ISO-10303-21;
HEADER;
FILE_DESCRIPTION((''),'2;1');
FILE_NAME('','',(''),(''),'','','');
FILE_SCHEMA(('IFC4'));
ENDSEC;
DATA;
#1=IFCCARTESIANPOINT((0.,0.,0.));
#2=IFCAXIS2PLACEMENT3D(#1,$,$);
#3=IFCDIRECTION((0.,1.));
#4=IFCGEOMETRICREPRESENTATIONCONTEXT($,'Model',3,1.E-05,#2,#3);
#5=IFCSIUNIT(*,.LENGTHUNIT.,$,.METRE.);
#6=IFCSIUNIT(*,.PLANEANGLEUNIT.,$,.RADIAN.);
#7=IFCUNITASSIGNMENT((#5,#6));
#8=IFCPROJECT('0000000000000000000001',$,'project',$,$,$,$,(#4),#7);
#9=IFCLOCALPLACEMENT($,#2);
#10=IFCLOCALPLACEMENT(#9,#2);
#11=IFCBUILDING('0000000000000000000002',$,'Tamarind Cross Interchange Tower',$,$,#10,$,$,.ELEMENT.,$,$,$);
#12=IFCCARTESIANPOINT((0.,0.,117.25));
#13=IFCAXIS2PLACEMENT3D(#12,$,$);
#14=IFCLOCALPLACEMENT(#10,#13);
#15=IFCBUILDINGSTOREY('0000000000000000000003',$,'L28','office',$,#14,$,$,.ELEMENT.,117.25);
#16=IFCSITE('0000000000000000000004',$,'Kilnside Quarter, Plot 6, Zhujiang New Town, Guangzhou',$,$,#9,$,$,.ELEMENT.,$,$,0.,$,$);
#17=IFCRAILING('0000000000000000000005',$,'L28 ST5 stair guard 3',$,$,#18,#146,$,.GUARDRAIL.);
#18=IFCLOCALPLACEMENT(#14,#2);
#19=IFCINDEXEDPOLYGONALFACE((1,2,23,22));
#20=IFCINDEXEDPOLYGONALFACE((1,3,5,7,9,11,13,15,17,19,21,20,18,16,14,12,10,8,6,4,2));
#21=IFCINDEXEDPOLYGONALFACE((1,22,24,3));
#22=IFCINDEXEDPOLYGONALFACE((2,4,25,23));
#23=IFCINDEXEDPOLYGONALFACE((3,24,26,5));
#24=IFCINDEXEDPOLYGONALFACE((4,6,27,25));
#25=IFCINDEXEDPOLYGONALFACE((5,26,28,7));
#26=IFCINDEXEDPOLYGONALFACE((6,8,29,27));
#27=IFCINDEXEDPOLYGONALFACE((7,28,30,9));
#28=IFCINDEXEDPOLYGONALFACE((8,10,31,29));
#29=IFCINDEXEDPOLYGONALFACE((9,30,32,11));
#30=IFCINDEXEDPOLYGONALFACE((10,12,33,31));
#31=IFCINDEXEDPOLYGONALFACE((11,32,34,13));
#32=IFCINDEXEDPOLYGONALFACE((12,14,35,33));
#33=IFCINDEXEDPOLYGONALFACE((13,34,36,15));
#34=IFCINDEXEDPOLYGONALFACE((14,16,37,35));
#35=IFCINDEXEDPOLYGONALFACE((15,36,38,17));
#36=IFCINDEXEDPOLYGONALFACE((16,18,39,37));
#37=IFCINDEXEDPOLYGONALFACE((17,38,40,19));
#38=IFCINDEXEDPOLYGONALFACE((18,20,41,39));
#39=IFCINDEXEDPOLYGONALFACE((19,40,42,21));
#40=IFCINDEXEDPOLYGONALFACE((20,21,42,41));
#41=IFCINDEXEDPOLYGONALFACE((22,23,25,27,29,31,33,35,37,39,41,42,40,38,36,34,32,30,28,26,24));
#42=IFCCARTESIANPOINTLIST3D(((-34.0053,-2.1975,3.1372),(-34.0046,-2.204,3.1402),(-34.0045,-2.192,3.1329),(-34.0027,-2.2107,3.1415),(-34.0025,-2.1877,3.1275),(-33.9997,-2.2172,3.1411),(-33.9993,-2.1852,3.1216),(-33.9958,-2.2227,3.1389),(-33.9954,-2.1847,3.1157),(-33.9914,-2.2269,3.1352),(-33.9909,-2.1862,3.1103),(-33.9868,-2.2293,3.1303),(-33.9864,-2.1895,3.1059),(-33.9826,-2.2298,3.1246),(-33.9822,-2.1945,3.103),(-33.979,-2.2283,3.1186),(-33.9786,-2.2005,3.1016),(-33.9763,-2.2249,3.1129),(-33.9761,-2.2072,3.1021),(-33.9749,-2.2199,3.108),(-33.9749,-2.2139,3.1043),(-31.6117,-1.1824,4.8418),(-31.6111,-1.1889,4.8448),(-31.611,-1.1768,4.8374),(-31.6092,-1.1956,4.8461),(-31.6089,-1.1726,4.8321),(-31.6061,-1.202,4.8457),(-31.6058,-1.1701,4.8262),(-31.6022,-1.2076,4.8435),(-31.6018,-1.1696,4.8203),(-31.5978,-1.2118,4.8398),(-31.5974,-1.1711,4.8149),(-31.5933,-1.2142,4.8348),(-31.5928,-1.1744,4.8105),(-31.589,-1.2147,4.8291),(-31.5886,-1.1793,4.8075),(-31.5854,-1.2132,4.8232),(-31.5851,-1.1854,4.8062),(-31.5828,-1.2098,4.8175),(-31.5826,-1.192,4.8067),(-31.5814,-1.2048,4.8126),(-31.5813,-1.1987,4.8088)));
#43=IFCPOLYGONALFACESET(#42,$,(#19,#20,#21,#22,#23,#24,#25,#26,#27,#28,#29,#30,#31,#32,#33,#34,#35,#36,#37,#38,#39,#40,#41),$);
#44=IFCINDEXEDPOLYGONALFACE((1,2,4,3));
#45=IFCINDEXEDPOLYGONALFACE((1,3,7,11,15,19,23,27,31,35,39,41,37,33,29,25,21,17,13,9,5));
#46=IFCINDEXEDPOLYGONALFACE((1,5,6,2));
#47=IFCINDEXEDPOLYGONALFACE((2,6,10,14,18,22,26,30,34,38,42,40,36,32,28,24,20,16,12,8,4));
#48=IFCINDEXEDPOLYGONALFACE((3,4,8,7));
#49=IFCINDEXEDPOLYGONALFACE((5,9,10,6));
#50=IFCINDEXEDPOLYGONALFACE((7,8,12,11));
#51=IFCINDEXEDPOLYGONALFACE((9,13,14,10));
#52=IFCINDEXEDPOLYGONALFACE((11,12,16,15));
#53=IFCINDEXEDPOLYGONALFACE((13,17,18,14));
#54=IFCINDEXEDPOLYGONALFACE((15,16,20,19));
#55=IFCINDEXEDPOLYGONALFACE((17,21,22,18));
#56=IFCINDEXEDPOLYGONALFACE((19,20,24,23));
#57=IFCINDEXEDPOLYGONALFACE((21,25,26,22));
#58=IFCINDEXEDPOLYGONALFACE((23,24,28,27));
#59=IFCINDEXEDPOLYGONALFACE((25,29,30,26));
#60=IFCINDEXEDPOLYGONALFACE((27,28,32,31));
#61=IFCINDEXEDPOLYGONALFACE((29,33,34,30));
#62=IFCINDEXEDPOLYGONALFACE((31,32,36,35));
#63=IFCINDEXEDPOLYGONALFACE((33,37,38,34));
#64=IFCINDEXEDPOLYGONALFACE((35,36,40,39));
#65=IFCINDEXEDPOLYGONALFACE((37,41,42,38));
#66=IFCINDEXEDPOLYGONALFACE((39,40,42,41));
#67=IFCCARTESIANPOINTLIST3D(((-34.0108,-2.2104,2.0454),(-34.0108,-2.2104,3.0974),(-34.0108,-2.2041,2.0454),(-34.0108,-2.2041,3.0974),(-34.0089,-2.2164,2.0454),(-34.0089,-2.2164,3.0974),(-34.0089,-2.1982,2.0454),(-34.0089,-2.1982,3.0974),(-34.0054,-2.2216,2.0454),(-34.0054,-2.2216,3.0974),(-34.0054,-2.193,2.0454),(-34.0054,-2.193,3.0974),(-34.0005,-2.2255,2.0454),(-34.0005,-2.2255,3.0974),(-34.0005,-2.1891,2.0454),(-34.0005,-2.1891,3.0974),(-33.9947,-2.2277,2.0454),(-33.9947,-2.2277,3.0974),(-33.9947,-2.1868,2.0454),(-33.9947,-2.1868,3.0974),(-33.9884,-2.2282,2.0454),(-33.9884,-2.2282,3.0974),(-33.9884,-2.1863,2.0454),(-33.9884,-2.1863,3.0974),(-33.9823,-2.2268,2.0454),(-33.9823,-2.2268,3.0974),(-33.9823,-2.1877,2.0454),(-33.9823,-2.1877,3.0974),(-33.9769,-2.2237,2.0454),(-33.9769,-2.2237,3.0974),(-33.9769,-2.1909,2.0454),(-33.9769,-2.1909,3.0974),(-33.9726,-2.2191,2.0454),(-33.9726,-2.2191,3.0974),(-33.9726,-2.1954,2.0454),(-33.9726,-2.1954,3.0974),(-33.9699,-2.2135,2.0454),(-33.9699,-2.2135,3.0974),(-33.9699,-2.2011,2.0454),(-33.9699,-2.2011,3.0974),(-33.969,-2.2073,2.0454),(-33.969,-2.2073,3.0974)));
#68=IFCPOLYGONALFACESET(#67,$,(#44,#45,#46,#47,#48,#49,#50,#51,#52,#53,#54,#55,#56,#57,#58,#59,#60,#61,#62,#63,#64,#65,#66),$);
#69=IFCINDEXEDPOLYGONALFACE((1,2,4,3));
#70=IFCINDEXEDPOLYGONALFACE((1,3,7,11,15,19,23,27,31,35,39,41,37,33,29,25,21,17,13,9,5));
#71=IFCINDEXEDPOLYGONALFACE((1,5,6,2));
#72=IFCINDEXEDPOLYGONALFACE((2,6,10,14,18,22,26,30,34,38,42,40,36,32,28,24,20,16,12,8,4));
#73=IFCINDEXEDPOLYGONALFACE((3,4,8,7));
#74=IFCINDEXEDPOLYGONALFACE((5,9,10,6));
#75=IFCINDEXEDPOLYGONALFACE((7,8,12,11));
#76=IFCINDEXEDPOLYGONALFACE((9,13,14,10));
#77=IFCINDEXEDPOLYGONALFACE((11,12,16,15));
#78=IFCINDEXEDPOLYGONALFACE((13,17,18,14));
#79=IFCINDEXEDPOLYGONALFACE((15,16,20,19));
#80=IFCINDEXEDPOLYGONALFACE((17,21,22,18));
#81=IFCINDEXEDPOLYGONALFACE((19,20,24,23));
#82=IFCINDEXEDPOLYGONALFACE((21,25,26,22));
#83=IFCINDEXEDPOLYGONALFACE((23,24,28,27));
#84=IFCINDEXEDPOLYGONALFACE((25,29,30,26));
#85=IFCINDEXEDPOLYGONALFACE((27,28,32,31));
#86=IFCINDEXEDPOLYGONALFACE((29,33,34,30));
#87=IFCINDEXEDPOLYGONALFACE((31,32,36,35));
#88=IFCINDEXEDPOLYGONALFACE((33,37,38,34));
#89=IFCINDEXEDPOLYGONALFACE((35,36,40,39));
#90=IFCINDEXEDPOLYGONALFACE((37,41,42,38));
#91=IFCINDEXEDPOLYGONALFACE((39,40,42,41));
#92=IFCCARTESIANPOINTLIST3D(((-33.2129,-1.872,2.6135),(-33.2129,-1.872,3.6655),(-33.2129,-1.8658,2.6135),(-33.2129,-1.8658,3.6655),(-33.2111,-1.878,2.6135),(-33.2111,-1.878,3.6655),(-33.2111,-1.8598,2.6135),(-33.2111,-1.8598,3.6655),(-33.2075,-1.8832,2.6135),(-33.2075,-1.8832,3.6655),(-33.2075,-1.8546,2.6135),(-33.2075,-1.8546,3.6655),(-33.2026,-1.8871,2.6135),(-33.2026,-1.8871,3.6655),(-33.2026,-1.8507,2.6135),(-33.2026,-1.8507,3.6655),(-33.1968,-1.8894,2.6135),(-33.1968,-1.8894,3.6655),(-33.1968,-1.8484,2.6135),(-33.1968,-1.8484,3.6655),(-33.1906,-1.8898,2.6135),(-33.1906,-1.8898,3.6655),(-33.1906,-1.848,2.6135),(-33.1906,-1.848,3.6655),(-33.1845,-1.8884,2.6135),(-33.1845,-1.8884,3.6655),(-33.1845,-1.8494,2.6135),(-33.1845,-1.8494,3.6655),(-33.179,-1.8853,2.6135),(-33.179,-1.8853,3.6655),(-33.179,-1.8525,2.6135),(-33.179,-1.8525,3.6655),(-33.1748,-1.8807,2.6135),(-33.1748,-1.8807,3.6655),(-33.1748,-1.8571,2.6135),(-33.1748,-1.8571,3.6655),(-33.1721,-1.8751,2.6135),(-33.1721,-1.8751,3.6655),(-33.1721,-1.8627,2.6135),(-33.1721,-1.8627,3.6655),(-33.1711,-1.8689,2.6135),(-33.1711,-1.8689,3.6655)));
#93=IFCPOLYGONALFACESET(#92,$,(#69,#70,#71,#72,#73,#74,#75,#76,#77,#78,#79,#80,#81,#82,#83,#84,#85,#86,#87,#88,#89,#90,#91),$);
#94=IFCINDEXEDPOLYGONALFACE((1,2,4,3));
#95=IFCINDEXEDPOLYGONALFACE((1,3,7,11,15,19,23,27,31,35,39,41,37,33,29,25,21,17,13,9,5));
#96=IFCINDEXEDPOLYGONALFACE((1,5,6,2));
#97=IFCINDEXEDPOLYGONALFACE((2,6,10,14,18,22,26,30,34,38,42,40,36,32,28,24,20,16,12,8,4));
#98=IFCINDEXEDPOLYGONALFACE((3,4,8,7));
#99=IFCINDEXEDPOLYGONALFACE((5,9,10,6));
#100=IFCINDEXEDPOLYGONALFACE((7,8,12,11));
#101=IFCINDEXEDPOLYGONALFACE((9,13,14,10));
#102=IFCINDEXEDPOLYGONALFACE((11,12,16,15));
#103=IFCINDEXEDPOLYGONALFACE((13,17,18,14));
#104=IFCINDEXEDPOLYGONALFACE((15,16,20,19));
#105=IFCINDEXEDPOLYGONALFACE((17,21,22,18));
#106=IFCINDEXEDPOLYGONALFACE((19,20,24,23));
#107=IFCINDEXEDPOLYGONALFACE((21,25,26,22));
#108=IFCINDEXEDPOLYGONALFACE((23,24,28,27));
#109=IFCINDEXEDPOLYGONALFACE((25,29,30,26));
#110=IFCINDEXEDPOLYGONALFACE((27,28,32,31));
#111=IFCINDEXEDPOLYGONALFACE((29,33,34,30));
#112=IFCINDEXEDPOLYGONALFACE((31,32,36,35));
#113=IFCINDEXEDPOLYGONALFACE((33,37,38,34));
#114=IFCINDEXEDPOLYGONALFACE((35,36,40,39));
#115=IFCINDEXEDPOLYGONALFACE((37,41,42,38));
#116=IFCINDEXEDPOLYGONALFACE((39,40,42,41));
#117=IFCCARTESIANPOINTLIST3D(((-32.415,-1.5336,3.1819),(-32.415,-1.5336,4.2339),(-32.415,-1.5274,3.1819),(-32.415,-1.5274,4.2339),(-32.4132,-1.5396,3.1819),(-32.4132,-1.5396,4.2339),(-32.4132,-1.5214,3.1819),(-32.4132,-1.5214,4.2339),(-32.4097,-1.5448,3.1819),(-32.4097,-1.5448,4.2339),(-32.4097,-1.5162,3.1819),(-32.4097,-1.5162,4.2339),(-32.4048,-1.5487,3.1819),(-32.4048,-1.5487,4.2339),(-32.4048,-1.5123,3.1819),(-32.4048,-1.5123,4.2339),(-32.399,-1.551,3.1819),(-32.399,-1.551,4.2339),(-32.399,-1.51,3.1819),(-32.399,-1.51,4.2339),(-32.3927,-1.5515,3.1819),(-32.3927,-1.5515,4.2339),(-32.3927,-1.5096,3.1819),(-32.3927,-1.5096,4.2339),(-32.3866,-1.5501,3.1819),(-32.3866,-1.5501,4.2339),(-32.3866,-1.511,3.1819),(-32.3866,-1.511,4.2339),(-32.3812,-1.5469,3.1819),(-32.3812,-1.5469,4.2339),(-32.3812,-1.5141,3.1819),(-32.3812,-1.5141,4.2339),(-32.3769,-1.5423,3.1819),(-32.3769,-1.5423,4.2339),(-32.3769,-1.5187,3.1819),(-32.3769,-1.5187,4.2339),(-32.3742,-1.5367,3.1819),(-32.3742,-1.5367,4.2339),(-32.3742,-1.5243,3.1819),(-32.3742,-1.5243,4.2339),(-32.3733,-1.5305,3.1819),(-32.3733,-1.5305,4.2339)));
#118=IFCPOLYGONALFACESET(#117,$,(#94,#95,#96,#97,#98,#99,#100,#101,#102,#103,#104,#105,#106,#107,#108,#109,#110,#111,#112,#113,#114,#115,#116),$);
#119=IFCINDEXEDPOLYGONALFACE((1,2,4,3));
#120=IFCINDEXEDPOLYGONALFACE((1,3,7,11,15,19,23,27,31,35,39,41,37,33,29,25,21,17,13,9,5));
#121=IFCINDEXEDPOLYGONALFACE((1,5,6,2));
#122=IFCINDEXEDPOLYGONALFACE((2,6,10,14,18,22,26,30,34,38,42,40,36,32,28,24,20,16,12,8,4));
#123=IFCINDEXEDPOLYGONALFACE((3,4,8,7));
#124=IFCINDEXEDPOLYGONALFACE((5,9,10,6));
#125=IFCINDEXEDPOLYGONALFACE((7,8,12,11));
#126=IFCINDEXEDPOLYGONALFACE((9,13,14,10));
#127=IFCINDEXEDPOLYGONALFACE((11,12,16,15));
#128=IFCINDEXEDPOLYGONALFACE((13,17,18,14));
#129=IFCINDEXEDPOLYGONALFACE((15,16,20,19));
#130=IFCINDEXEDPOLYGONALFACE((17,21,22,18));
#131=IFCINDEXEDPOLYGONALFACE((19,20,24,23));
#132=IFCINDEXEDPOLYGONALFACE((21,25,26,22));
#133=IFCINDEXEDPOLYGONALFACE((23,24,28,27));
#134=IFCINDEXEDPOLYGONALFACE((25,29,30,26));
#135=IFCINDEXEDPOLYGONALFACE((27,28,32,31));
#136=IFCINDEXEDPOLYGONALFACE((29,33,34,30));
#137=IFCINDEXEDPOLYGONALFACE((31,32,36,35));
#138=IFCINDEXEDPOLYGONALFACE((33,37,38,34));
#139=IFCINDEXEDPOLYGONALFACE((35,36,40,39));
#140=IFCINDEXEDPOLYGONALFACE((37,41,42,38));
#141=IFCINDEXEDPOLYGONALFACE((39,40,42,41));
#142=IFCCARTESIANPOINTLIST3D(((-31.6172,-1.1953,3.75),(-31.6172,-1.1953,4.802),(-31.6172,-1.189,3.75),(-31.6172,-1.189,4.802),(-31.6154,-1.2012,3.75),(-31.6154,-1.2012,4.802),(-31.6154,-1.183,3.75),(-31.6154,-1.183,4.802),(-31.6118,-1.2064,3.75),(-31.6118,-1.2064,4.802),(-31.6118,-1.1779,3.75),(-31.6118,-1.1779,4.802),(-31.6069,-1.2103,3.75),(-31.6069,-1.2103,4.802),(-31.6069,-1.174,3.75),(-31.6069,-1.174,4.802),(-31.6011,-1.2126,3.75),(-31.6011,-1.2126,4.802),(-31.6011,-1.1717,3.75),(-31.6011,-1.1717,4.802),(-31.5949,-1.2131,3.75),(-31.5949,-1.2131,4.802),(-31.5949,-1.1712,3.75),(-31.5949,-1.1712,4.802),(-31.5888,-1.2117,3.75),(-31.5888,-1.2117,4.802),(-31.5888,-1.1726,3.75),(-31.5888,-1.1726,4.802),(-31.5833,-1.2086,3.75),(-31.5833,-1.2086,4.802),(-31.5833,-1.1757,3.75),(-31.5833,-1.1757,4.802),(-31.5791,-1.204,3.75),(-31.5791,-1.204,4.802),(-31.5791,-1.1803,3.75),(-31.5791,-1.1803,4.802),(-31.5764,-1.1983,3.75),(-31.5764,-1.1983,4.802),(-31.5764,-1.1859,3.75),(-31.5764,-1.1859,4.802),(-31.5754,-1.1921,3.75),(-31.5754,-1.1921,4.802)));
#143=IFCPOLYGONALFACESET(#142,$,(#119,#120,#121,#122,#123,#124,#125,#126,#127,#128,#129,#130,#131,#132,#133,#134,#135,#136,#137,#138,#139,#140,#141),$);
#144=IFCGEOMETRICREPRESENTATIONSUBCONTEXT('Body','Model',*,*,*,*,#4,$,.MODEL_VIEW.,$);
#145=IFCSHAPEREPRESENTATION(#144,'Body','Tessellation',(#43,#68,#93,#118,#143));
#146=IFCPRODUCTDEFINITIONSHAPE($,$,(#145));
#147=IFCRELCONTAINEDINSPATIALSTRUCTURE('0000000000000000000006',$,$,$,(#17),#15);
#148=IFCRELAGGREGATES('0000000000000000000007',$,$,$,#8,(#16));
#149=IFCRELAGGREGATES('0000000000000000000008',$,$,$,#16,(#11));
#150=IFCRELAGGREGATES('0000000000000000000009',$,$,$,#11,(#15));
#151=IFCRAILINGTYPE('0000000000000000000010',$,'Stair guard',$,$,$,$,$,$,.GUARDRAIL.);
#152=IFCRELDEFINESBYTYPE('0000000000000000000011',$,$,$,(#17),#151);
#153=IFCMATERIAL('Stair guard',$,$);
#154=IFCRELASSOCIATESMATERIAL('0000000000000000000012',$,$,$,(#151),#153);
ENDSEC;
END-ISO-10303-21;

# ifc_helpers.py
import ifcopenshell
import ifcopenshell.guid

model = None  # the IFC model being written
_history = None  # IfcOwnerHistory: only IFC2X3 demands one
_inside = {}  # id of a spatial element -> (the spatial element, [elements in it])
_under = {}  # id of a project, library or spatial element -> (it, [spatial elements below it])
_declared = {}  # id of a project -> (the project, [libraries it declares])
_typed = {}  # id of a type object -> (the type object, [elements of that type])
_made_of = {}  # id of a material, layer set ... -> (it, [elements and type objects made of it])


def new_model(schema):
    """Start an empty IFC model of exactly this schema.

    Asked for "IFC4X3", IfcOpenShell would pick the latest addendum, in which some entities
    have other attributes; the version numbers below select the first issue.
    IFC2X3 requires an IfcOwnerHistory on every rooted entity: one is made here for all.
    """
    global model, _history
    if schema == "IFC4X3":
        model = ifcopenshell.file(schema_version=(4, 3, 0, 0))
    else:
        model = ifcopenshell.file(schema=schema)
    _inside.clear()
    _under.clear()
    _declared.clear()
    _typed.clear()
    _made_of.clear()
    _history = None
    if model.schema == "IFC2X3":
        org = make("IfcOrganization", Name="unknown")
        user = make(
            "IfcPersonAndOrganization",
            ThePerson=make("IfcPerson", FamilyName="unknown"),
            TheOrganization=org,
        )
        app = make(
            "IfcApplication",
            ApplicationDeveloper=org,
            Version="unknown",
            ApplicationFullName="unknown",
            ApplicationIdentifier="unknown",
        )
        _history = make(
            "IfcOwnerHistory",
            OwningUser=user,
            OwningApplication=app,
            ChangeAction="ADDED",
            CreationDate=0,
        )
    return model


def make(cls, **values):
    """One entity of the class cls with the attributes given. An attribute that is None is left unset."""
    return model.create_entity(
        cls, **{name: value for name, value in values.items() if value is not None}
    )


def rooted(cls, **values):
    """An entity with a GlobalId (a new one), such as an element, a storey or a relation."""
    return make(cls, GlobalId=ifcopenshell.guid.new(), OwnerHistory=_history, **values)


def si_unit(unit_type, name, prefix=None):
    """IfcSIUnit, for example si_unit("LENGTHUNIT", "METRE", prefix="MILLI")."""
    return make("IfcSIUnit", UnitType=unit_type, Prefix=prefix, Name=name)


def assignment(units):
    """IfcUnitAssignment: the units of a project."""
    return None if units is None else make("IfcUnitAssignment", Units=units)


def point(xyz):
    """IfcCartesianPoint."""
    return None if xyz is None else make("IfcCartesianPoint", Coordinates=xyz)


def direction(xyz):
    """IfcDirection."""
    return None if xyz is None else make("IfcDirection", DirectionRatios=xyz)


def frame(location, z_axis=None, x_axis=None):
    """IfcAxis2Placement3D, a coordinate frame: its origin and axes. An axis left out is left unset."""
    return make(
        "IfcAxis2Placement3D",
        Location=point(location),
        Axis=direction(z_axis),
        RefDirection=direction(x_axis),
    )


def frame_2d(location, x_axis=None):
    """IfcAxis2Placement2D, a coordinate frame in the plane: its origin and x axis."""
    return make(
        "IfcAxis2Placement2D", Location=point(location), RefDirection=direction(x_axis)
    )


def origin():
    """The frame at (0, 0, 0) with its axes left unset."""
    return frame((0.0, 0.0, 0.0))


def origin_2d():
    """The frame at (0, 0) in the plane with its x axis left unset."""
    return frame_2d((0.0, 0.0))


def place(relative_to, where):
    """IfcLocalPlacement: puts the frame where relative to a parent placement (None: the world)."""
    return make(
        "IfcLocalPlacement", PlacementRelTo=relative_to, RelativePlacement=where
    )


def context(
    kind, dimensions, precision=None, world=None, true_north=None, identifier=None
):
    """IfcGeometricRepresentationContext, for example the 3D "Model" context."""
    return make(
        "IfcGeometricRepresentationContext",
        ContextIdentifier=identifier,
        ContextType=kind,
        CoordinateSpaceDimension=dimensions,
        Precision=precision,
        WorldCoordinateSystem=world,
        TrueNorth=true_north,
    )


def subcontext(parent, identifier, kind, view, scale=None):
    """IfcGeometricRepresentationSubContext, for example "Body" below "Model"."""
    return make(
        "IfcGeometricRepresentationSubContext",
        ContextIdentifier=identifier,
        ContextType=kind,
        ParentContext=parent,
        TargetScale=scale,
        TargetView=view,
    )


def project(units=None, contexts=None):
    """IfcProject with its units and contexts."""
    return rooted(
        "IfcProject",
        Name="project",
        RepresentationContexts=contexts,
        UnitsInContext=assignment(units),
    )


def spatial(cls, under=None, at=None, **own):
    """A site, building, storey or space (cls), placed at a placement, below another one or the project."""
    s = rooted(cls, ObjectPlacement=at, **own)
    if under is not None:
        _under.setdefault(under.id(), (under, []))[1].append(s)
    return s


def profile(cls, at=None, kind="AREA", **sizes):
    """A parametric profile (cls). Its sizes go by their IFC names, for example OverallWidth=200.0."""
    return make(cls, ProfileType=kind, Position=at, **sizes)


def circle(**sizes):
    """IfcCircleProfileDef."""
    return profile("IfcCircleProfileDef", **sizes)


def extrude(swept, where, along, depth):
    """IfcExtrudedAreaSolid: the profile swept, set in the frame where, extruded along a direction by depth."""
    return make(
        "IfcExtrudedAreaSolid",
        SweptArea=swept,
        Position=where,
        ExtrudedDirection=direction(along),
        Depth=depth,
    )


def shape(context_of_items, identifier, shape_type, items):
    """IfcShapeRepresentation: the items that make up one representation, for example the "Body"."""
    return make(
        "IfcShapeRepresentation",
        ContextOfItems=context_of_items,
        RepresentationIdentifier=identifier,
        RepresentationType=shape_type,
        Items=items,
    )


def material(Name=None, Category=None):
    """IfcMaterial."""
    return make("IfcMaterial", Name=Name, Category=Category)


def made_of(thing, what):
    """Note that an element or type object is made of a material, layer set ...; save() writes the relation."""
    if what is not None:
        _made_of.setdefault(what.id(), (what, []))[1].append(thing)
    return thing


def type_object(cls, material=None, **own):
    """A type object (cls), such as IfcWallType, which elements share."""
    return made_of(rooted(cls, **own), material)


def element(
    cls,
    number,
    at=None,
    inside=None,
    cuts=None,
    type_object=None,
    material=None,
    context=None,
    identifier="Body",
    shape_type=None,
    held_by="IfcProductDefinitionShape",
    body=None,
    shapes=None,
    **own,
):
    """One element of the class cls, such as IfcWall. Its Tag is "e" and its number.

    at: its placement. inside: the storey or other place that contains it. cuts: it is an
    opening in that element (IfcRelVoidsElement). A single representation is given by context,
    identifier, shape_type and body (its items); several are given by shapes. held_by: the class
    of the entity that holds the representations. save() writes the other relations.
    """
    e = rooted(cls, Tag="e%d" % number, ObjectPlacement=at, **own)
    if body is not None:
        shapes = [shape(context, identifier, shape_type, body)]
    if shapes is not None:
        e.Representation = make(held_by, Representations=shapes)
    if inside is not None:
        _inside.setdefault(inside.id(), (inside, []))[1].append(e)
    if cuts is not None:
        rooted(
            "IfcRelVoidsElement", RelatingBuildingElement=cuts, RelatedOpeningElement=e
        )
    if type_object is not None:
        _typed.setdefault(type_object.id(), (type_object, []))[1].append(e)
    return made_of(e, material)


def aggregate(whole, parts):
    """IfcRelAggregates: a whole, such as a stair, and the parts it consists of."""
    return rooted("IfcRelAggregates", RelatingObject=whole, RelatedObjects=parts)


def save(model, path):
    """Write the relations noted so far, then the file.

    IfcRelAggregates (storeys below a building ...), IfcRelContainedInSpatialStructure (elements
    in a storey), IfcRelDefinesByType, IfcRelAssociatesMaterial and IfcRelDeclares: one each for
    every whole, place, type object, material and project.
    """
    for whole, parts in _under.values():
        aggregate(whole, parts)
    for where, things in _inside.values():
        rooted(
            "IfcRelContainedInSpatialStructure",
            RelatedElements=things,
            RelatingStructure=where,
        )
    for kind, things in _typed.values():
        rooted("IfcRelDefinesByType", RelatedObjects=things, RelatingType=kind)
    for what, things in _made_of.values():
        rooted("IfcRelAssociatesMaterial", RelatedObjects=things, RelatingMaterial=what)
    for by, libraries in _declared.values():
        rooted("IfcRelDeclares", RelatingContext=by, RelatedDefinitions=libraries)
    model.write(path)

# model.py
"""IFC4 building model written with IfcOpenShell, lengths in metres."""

from ifc_helpers import new_model, si_unit, direction, frame, origin, origin_2d, place, context, subcontext, project, spatial, circle, extrude, material, type_object, element, save


model = new_model("IFC4")

# Units and contexts
model_context = context("Model", 3, precision=1e-05, world=origin(), true_north=direction((0.0, 1.0)))
body_context = subcontext(model_context, "Body", "Model", "MODEL_VIEW")
ifc_project = project(units=[si_unit("LENGTHUNIT", "METRE"), si_unit("PLANEANGLEUNIT", "RADIAN")], contexts=[model_context])

# Site, building, storey
site_placement = place(None, origin())
site = spatial("IfcSite", under=ifc_project, at=site_placement, Name="Kilnside Quarter, Plot 6, Zhujiang New Town, Guangzhou", CompositionType="ELEMENT", RefElevation=0.0)
building_placement = place(site_placement, origin())
building = spatial("IfcBuilding", under=site, at=building_placement, Name="Tamarind Cross Interchange Tower", CompositionType="ELEMENT")
storey_placement = place(building_placement, frame((0.0, 0.0, 117.25)))
storey = spatial("IfcBuildingStorey", under=building, at=storey_placement, Name="L28", Description="office", CompositionType="ELEMENT", Elevation=117.25)

# Railing
ifc_material_1 = material(Name="Stair guard")
railing_type_1 = type_object("IfcRailingType", Name="Stair guard", PredefinedType="GUARDRAIL", material=ifc_material_1)
railing_1_placement = place(storey_placement, frame((-33.99, -2.2073, 2.0454)))
element("IfcRailing", 1, at=railing_1_placement, inside=storey, type_object=railing_type_1, Name="L28 ST5 stair guard 3", PredefinedType="GUARDRAIL", context=body_context, shape_type="SweptSolid", body=[
    extrude(circle(Radius=0.0239, at=origin_2d()), frame((0.0, 0.0, 1.0762), z_axis=(0.769905, 0.326526, 0.548294), x_axis=(-0.390449, 0.920625, 0.0)), (0.0, 0.0, 1.0), 3.1089),
    extrude(circle(Radius=0.021, at=origin_2d()), origin(), (0.0, 0.0, 1.0), 1.052),
    extrude(circle(Radius=0.021, at=origin_2d()), frame((0.7979, 0.3384, 0.5681)), (0.0, 0.0, 1.0), 1.052),
    extrude(circle(Radius=0.021, at=origin_2d()), frame((1.5957, 0.6768, 1.1365)), (0.0, 0.0, 1.0), 1.052),
    extrude(circle(Radius=0.021, at=origin_2d()), frame((2.3936, 1.0151, 1.7046)), (0.0, 0.0, 1.0), 1.052),
])

save(model, "model.ifc")
